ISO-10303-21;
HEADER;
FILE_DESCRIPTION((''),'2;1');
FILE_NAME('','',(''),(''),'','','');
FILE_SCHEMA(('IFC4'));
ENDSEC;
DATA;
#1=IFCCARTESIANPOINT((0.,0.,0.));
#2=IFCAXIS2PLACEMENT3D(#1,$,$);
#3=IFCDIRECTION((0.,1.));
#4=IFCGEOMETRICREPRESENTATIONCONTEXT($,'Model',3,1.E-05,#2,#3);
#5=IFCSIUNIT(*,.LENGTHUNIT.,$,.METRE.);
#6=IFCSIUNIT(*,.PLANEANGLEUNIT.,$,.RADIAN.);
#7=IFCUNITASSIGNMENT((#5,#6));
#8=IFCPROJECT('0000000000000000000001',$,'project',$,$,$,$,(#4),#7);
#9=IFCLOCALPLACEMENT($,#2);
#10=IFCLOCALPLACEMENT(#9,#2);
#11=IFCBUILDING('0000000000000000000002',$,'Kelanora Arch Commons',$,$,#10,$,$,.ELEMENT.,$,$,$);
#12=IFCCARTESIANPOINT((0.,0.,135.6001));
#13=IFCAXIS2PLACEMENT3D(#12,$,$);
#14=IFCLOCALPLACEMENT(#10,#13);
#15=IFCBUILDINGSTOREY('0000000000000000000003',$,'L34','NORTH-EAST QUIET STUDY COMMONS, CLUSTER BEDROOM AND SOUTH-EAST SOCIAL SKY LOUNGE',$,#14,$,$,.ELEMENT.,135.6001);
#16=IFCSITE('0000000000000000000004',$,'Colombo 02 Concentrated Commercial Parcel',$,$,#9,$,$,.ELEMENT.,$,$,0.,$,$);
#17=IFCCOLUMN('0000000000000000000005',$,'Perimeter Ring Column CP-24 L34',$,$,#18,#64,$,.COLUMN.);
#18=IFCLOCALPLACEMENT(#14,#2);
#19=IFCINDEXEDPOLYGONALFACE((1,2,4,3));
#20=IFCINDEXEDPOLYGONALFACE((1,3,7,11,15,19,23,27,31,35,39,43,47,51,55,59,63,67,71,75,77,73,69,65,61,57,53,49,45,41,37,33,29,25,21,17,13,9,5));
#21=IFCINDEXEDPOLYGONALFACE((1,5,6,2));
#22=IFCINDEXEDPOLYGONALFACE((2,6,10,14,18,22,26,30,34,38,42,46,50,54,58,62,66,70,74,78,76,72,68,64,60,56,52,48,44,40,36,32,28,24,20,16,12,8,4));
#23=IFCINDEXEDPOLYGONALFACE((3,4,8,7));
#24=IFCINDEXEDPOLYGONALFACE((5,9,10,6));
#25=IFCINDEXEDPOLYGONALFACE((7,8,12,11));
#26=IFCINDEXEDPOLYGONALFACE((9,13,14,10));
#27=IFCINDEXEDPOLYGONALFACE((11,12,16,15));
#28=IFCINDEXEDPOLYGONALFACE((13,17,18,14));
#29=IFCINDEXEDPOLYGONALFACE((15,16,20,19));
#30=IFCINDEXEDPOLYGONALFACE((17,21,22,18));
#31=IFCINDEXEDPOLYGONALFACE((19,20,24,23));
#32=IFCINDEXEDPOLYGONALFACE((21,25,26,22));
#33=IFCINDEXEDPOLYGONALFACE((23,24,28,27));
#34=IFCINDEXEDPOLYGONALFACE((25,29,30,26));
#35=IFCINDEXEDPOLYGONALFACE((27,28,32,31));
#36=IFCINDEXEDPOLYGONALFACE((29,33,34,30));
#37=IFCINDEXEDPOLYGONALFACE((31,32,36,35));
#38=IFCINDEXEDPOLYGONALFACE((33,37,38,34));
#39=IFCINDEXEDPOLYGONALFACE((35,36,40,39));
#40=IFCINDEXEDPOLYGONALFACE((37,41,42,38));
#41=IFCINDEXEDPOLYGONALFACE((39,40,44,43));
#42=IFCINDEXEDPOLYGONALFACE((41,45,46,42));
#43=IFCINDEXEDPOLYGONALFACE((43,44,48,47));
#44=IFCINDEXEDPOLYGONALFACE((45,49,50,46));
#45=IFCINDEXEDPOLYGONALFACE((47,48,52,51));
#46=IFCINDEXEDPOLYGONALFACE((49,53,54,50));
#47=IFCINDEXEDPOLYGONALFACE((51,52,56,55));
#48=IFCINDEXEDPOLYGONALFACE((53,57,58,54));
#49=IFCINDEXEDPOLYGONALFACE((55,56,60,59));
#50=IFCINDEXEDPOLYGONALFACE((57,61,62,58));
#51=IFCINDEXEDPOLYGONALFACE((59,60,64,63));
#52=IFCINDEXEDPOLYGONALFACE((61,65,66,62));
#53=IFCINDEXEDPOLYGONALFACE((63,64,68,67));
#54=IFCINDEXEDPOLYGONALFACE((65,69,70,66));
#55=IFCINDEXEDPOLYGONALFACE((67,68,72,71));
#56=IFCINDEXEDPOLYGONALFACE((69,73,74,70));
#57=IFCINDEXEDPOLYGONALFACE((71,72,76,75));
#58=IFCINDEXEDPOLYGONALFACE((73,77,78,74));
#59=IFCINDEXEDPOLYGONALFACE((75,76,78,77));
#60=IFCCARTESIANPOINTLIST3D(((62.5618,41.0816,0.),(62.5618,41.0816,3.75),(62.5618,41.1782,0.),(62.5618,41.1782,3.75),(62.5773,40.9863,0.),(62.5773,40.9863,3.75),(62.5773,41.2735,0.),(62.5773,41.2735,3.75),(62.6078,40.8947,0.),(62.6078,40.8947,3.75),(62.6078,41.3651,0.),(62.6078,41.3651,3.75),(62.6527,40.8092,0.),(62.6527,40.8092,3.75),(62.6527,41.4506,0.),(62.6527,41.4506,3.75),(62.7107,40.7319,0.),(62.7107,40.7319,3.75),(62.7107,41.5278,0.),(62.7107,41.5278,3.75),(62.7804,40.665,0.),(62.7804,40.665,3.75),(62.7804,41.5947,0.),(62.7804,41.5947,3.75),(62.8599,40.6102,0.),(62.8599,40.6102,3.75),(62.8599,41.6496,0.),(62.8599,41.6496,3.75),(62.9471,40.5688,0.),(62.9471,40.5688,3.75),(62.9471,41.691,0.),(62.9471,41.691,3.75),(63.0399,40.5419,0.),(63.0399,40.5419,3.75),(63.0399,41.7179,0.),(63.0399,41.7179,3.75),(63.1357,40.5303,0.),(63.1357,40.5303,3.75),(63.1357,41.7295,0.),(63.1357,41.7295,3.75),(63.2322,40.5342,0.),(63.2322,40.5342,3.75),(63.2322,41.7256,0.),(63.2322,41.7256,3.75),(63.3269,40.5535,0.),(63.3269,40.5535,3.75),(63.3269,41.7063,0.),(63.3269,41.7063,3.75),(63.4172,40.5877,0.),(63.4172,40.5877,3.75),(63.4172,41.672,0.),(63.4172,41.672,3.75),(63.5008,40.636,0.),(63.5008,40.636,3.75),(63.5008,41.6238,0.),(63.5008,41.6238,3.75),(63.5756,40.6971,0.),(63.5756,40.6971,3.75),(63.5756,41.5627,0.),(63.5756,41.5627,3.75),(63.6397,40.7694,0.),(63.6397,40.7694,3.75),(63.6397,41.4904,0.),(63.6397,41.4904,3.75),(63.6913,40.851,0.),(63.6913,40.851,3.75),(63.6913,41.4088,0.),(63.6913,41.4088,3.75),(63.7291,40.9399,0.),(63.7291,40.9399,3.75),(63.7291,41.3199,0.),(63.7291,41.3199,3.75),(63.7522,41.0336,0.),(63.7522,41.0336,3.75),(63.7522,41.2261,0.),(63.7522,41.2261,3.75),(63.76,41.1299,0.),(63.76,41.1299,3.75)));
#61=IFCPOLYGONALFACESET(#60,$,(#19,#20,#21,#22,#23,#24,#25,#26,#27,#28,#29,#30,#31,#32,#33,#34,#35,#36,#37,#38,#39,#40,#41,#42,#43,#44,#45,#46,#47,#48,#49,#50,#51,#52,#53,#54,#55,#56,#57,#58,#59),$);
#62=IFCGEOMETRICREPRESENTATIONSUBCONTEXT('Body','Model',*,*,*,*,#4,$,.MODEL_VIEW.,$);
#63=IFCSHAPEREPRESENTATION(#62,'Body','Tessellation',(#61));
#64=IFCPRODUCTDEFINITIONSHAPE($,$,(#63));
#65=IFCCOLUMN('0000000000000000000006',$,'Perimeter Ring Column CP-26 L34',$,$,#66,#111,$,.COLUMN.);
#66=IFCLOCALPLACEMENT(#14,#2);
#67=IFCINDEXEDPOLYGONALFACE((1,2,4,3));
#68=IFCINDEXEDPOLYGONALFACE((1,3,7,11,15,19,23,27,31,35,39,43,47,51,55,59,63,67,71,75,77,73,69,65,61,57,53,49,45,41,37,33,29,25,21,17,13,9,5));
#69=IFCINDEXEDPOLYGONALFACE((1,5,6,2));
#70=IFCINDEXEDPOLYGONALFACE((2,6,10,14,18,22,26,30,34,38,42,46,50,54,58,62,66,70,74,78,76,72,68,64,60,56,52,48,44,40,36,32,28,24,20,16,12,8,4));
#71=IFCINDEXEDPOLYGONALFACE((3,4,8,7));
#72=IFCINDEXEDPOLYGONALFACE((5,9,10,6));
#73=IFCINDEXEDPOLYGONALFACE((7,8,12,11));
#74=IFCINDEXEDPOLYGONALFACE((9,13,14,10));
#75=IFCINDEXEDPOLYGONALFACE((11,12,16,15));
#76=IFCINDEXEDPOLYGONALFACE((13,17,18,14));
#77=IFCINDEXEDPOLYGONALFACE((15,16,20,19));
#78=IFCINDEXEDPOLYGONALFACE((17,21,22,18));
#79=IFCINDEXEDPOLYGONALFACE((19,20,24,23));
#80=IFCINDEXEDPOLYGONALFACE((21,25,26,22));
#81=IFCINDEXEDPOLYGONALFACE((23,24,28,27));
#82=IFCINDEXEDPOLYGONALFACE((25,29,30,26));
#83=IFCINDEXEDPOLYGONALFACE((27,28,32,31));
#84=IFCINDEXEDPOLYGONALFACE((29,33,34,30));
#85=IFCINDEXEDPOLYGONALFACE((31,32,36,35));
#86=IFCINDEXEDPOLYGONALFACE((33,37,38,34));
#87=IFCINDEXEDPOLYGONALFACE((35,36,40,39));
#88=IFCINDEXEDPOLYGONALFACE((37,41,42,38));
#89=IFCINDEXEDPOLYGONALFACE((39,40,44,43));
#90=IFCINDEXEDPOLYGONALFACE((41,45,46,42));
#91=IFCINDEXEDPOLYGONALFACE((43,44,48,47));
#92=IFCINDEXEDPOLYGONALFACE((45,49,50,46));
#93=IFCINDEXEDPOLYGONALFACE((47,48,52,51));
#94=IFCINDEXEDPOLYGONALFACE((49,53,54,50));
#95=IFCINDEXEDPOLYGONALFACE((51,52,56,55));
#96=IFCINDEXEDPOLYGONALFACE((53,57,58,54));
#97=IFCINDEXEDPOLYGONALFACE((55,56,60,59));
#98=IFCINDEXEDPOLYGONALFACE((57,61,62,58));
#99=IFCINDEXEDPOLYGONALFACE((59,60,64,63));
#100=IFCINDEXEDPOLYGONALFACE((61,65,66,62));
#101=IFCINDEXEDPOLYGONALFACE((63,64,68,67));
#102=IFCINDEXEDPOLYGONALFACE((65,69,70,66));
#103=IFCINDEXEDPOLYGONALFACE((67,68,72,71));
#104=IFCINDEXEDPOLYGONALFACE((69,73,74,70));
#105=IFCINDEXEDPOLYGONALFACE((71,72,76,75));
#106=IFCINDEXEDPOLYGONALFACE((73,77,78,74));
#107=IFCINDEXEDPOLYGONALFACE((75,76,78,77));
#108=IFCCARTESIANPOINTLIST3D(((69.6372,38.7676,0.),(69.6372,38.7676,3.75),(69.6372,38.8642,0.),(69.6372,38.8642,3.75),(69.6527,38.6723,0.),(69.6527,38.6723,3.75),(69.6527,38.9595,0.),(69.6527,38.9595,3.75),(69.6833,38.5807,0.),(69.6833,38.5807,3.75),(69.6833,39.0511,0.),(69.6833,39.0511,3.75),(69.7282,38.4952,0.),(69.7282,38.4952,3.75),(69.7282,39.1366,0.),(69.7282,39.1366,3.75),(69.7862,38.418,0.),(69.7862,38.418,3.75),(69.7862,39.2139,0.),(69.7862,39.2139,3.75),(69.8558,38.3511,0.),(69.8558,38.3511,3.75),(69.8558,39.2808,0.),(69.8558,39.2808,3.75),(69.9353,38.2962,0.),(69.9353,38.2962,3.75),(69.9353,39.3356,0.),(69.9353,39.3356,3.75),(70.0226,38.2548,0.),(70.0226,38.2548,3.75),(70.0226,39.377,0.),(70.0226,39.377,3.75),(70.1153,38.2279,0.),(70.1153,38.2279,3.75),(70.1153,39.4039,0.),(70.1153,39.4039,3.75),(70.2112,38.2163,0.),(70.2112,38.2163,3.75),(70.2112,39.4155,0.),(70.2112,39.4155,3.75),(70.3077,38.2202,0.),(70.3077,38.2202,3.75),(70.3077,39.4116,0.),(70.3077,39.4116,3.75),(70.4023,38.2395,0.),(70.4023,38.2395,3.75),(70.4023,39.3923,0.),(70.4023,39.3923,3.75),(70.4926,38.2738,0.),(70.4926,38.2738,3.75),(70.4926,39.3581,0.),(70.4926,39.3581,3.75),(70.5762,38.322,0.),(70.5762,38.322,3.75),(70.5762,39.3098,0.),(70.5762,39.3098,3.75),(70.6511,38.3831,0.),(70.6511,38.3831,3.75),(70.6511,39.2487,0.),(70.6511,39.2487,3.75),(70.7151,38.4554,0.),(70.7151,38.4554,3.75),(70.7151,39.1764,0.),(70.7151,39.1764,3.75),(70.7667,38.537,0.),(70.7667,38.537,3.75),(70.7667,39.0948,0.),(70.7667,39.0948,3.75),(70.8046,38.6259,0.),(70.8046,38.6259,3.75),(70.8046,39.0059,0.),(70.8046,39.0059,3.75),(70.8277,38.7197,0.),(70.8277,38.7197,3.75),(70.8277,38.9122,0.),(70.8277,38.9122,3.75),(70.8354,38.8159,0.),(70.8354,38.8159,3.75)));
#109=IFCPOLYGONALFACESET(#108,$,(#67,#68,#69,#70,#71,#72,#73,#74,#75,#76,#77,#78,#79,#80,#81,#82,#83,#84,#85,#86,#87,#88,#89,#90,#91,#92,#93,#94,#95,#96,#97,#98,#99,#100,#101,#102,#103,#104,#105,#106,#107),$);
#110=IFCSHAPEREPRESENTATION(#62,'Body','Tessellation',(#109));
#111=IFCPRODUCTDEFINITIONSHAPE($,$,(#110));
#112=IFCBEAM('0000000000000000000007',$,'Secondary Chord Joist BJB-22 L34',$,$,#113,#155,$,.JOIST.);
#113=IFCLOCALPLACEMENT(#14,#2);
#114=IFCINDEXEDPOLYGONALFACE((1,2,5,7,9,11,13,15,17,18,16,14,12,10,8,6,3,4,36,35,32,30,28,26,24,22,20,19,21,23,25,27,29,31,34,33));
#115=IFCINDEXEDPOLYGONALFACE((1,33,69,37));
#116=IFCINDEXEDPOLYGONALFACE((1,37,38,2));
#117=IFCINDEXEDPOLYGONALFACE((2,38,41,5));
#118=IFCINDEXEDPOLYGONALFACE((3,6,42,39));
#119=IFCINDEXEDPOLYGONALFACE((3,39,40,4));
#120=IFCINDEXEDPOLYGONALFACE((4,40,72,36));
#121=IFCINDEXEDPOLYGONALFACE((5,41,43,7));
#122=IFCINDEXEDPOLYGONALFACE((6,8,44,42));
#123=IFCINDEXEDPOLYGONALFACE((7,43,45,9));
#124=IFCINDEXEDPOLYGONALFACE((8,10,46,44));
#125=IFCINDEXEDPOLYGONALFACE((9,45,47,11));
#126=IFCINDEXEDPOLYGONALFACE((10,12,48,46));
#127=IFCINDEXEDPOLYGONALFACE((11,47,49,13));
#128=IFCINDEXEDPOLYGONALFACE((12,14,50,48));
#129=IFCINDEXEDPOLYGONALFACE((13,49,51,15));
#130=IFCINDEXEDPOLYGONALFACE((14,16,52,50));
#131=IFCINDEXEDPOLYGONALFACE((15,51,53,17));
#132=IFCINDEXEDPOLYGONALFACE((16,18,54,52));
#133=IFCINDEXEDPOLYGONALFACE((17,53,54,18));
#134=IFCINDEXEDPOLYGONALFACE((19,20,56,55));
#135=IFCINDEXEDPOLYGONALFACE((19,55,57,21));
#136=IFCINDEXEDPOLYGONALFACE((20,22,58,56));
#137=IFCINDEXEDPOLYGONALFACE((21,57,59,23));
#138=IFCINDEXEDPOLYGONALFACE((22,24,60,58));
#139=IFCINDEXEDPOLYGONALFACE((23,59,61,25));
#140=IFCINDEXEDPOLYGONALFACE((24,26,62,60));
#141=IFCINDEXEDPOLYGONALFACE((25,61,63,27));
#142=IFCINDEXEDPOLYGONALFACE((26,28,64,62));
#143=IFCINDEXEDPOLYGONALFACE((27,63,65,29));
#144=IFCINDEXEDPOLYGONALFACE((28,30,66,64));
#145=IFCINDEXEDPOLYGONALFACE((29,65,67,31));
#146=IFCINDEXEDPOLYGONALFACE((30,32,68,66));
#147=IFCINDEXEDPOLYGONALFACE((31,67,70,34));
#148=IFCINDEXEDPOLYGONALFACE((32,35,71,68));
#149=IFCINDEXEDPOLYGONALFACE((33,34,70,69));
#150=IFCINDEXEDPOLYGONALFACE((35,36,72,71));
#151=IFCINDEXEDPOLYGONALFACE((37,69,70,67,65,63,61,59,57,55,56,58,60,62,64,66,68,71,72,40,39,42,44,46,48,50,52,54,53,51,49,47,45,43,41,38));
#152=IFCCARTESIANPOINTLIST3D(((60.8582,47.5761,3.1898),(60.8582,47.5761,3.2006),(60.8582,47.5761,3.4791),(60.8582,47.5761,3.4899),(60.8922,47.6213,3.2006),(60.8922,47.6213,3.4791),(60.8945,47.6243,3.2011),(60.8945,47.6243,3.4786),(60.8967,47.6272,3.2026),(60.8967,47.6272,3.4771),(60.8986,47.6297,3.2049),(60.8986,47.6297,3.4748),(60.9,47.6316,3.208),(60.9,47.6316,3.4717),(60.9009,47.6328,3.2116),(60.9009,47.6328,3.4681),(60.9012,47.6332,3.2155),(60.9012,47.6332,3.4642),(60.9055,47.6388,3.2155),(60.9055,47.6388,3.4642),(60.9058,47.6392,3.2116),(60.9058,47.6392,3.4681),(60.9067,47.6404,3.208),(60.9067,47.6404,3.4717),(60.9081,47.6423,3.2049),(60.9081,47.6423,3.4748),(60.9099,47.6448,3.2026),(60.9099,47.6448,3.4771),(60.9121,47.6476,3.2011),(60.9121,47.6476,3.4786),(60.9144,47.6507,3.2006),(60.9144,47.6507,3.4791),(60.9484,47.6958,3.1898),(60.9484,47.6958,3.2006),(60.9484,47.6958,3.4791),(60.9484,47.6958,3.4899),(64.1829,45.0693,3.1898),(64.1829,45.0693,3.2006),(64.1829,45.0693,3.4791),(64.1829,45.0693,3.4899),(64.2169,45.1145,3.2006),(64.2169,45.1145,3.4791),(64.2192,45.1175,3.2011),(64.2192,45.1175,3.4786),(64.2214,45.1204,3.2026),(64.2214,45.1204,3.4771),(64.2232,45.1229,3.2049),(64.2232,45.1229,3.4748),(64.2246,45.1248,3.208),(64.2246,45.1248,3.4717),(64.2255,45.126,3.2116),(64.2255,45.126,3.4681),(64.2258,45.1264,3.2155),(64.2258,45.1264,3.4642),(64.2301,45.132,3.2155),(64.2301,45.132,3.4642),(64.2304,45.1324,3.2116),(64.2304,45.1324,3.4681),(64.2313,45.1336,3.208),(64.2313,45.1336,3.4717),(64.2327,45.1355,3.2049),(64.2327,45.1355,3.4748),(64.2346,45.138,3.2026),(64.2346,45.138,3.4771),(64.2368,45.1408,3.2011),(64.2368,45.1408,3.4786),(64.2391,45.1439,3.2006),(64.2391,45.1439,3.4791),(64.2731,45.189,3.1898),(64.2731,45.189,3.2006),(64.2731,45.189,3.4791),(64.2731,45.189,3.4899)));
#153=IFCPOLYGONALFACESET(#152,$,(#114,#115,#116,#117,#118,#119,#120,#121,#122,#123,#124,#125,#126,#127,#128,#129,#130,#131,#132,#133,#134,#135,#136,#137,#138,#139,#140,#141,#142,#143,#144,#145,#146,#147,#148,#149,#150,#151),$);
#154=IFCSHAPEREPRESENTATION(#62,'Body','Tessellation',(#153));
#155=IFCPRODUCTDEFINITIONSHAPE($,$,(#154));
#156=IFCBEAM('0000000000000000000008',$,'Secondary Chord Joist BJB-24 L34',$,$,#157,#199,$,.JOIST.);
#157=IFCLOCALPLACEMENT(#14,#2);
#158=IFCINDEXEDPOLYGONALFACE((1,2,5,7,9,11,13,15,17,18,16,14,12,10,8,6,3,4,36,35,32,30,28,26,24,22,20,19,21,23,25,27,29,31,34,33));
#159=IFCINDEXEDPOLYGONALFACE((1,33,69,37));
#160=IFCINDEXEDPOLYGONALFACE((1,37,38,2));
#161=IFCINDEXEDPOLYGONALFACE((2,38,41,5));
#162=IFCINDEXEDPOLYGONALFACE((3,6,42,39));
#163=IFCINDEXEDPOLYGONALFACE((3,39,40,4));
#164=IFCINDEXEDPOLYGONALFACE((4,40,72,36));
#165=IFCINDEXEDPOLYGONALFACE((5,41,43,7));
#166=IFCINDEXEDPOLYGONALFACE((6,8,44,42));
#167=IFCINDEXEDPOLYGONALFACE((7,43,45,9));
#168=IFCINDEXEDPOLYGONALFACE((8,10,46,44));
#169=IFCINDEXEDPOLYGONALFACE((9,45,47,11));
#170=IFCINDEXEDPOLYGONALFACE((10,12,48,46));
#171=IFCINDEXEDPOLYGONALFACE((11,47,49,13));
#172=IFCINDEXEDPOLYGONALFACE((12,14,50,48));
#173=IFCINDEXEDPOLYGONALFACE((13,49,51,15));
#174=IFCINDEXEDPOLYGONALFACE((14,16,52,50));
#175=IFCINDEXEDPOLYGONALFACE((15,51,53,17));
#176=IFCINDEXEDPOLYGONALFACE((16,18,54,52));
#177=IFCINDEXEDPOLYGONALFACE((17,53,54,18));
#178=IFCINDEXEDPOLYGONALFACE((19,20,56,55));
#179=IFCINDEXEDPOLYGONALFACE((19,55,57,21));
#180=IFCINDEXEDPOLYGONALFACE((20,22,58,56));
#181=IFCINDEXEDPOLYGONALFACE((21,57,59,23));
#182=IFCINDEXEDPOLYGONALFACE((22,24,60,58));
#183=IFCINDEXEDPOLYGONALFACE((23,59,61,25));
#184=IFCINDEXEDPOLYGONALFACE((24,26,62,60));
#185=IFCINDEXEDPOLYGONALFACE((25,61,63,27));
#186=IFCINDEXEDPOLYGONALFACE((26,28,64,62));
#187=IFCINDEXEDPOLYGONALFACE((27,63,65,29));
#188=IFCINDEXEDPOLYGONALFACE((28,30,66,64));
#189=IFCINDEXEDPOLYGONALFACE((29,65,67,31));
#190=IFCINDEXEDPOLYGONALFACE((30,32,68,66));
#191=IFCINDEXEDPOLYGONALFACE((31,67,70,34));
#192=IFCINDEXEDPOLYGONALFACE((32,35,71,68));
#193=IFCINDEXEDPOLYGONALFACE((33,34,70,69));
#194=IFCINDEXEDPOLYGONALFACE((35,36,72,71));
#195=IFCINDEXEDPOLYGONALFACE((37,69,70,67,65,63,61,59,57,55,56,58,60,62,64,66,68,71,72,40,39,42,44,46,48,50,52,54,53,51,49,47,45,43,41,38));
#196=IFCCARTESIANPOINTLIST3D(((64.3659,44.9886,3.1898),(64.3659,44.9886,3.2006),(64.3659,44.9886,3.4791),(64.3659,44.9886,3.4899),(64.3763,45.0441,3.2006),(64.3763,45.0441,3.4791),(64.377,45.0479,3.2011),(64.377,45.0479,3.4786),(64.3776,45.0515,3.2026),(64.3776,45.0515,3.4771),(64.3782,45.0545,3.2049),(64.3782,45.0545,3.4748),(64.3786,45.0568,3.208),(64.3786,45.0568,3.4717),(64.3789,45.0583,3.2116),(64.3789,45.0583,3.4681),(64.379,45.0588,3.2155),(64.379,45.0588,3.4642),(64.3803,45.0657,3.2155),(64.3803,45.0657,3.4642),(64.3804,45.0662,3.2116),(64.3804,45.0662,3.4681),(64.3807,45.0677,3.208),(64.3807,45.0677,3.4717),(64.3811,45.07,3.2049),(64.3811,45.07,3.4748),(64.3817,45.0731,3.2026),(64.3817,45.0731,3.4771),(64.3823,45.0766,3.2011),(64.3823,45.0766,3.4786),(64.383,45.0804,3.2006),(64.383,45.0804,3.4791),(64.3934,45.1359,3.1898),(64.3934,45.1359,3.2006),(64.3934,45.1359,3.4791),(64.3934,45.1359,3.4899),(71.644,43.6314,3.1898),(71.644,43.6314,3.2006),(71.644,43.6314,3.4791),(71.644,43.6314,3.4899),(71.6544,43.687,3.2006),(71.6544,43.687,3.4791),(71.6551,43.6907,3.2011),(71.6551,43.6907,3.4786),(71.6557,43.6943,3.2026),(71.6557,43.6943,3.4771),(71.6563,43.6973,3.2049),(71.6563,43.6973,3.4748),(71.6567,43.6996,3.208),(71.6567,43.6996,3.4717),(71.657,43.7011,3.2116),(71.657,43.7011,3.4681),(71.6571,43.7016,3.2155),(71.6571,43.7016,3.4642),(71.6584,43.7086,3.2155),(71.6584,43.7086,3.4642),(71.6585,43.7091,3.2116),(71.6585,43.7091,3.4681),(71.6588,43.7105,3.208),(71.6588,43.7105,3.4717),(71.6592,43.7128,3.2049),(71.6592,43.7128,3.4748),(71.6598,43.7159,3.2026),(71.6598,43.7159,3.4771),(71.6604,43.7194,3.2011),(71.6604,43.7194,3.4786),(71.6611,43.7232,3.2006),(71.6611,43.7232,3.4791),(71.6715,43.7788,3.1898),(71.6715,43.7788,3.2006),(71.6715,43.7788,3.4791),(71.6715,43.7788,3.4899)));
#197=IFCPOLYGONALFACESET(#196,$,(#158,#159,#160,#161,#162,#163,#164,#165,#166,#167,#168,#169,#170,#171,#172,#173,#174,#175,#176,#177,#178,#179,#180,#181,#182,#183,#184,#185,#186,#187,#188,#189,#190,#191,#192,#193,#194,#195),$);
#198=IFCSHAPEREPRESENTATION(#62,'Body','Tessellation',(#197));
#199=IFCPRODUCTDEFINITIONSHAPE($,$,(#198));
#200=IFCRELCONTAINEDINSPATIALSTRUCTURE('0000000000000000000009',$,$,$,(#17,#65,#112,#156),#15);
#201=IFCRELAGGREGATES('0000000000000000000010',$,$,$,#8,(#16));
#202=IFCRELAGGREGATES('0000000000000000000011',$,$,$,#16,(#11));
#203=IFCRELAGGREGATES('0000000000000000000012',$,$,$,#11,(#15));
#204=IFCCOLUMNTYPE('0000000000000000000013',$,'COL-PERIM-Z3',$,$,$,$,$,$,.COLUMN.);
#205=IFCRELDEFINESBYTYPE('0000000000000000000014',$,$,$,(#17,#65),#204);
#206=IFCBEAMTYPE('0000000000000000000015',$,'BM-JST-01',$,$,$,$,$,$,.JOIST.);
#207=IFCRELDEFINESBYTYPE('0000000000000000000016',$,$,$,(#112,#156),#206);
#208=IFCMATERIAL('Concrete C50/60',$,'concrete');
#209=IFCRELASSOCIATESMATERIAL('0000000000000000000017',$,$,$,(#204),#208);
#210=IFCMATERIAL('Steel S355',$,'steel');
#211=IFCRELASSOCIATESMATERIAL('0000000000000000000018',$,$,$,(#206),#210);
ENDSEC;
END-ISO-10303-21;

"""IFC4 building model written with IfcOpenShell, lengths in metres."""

from ifc_helpers import new_model, si_unit, direction, frame, origin, origin_2d, place, context, subcontext, project, spatial, circle, i_section, extrude, material, material_profile, profile_set, type_object, element, save


model = new_model("IFC4")

# Units and contexts
model_context = context("Model", 3, precision=1e-05, world=origin(), true_north=direction((0.0, 1.0)))
body_context = subcontext(model_context, "Body", "Model", "MODEL_VIEW")
ifc_project = project(units=[si_unit("LENGTHUNIT", "METRE"), si_unit("PLANEANGLEUNIT", "RADIAN")], contexts=[model_context])

# Site, building, storey
site_placement = place(None, origin())
site = spatial("IfcSite", under=ifc_project, at=site_placement, Name="Colombo 02 Concentrated Commercial Parcel", CompositionType="ELEMENT", RefElevation=0.0)
building_placement = place(site_placement, origin())
building = spatial("IfcBuilding", under=site, at=building_placement, Name="Kelanora Arch Commons", CompositionType="ELEMENT")
storey_placement = place(building_placement, frame((0.0, 0.0, 135.6001)))
storey = spatial("IfcBuildingStorey", under=building, at=storey_placement, Name="L34", Description="NORTH-EAST QUIET STUDY COMMONS, CLUSTER BEDROOM AND SOUTH-EAST SOCIAL SKY LOUNGE", CompositionType="ELEMENT", Elevation=135.6001)

# Columns
ifc_material_1 = material(Name="Concrete C50/60", Category="concrete")
ifc_material_profile_1 = material_profile(ifc_material_1, circle(Radius=0.6001, at=origin_2d()), Name="RCC1200")
ifc_profile_set_1 = profile_set([ifc_material_profile_1], Name="Concrete C50/60")
column_type = type_object("IfcColumnType", Name="COL-PERIM-Z3", PredefinedType="COLUMN", material=ifc_profile_set_1)
for number, where, z_axis, x_axis, name in (
    (1, (63.1599, 41.1299, 0.0), (0.0, 0.0, 1.0), (1.0, 0.0, 0.0), "Perimeter Ring Column CP-24 L34"),
    (2, (70.2354, 38.8159, 0.0), (0.0, 0.0, 1.0), (1.0, 0.0, 0.0), "Perimeter Ring Column CP-26 L34"),
):
    element("IfcColumn", number, at=place(storey_placement, frame(where, z_axis=z_axis, x_axis=x_axis)), inside=storey, type_object=column_type, Name=name, PredefinedType="COLUMN", context=body_context, shape_type="SweptSolid", body=[
        extrude(circle(Radius=0.6001, at=origin_2d()), origin(), (0.0, 0.0, 1.0), 3.75),
    ])

# Beams
ifc_material_2 = material(Name="Steel S355", Category="steel")
ifc_material_profile_2 = material_profile(ifc_material_2, i_section(OverallWidth=0.1499, OverallDepth=0.3, WebThickness=0.0071, FlangeThickness=0.0107, FilletRadius=0.0149, at=origin_2d()), Name="IPE300")
ifc_profile_set_2 = profile_set([ifc_material_profile_2], Name="Steel S355")
beam_type_1 = type_object("IfcBeamType", Name="BM-JST-01", PredefinedType="JOIST", material=ifc_profile_set_2)
beam_1_placement = place(storey_placement, frame((60.9033, 47.636, 3.3398), z_axis=(0.798464, -0.602043, 0.0), x_axis=(0.602043, 0.798464, 0.0)))
element("IfcBeam", 3, at=beam_1_placement, inside=storey, type_object=beam_type_1, Name="Secondary Chord Joist BJB-22 L34", PredefinedType="JOIST", context=body_context, shape_type="SweptSolid", body=[
    extrude(i_section(OverallWidth=0.1499, OverallDepth=0.3, WebThickness=0.0071, FlangeThickness=0.0107, FilletRadius=0.0149, at=origin_2d()), origin(), (0.0, 0.0, 1.0), 4.1638),
])
beam_2_placement = place(storey_placement, frame((64.3796, 45.0623, 3.3398), z_axis=(0.983054, -0.183315, 0.0), x_axis=(0.183315, 0.983054, 0.0)))
element("IfcBeam", 4, at=beam_2_placement, inside=storey, type_object=beam_type_1, Name="Secondary Chord Joist BJB-24 L34", PredefinedType="JOIST", context=body_context, shape_type="SweptSolid", body=[
    extrude(i_section(OverallWidth=0.1499, OverallDepth=0.3, WebThickness=0.0071, FlangeThickness=0.0107, FilletRadius=0.0149, at=origin_2d()), origin(), (0.0, 0.0, 1.0), 7.4036),
])

save(model, "model.ifc")
